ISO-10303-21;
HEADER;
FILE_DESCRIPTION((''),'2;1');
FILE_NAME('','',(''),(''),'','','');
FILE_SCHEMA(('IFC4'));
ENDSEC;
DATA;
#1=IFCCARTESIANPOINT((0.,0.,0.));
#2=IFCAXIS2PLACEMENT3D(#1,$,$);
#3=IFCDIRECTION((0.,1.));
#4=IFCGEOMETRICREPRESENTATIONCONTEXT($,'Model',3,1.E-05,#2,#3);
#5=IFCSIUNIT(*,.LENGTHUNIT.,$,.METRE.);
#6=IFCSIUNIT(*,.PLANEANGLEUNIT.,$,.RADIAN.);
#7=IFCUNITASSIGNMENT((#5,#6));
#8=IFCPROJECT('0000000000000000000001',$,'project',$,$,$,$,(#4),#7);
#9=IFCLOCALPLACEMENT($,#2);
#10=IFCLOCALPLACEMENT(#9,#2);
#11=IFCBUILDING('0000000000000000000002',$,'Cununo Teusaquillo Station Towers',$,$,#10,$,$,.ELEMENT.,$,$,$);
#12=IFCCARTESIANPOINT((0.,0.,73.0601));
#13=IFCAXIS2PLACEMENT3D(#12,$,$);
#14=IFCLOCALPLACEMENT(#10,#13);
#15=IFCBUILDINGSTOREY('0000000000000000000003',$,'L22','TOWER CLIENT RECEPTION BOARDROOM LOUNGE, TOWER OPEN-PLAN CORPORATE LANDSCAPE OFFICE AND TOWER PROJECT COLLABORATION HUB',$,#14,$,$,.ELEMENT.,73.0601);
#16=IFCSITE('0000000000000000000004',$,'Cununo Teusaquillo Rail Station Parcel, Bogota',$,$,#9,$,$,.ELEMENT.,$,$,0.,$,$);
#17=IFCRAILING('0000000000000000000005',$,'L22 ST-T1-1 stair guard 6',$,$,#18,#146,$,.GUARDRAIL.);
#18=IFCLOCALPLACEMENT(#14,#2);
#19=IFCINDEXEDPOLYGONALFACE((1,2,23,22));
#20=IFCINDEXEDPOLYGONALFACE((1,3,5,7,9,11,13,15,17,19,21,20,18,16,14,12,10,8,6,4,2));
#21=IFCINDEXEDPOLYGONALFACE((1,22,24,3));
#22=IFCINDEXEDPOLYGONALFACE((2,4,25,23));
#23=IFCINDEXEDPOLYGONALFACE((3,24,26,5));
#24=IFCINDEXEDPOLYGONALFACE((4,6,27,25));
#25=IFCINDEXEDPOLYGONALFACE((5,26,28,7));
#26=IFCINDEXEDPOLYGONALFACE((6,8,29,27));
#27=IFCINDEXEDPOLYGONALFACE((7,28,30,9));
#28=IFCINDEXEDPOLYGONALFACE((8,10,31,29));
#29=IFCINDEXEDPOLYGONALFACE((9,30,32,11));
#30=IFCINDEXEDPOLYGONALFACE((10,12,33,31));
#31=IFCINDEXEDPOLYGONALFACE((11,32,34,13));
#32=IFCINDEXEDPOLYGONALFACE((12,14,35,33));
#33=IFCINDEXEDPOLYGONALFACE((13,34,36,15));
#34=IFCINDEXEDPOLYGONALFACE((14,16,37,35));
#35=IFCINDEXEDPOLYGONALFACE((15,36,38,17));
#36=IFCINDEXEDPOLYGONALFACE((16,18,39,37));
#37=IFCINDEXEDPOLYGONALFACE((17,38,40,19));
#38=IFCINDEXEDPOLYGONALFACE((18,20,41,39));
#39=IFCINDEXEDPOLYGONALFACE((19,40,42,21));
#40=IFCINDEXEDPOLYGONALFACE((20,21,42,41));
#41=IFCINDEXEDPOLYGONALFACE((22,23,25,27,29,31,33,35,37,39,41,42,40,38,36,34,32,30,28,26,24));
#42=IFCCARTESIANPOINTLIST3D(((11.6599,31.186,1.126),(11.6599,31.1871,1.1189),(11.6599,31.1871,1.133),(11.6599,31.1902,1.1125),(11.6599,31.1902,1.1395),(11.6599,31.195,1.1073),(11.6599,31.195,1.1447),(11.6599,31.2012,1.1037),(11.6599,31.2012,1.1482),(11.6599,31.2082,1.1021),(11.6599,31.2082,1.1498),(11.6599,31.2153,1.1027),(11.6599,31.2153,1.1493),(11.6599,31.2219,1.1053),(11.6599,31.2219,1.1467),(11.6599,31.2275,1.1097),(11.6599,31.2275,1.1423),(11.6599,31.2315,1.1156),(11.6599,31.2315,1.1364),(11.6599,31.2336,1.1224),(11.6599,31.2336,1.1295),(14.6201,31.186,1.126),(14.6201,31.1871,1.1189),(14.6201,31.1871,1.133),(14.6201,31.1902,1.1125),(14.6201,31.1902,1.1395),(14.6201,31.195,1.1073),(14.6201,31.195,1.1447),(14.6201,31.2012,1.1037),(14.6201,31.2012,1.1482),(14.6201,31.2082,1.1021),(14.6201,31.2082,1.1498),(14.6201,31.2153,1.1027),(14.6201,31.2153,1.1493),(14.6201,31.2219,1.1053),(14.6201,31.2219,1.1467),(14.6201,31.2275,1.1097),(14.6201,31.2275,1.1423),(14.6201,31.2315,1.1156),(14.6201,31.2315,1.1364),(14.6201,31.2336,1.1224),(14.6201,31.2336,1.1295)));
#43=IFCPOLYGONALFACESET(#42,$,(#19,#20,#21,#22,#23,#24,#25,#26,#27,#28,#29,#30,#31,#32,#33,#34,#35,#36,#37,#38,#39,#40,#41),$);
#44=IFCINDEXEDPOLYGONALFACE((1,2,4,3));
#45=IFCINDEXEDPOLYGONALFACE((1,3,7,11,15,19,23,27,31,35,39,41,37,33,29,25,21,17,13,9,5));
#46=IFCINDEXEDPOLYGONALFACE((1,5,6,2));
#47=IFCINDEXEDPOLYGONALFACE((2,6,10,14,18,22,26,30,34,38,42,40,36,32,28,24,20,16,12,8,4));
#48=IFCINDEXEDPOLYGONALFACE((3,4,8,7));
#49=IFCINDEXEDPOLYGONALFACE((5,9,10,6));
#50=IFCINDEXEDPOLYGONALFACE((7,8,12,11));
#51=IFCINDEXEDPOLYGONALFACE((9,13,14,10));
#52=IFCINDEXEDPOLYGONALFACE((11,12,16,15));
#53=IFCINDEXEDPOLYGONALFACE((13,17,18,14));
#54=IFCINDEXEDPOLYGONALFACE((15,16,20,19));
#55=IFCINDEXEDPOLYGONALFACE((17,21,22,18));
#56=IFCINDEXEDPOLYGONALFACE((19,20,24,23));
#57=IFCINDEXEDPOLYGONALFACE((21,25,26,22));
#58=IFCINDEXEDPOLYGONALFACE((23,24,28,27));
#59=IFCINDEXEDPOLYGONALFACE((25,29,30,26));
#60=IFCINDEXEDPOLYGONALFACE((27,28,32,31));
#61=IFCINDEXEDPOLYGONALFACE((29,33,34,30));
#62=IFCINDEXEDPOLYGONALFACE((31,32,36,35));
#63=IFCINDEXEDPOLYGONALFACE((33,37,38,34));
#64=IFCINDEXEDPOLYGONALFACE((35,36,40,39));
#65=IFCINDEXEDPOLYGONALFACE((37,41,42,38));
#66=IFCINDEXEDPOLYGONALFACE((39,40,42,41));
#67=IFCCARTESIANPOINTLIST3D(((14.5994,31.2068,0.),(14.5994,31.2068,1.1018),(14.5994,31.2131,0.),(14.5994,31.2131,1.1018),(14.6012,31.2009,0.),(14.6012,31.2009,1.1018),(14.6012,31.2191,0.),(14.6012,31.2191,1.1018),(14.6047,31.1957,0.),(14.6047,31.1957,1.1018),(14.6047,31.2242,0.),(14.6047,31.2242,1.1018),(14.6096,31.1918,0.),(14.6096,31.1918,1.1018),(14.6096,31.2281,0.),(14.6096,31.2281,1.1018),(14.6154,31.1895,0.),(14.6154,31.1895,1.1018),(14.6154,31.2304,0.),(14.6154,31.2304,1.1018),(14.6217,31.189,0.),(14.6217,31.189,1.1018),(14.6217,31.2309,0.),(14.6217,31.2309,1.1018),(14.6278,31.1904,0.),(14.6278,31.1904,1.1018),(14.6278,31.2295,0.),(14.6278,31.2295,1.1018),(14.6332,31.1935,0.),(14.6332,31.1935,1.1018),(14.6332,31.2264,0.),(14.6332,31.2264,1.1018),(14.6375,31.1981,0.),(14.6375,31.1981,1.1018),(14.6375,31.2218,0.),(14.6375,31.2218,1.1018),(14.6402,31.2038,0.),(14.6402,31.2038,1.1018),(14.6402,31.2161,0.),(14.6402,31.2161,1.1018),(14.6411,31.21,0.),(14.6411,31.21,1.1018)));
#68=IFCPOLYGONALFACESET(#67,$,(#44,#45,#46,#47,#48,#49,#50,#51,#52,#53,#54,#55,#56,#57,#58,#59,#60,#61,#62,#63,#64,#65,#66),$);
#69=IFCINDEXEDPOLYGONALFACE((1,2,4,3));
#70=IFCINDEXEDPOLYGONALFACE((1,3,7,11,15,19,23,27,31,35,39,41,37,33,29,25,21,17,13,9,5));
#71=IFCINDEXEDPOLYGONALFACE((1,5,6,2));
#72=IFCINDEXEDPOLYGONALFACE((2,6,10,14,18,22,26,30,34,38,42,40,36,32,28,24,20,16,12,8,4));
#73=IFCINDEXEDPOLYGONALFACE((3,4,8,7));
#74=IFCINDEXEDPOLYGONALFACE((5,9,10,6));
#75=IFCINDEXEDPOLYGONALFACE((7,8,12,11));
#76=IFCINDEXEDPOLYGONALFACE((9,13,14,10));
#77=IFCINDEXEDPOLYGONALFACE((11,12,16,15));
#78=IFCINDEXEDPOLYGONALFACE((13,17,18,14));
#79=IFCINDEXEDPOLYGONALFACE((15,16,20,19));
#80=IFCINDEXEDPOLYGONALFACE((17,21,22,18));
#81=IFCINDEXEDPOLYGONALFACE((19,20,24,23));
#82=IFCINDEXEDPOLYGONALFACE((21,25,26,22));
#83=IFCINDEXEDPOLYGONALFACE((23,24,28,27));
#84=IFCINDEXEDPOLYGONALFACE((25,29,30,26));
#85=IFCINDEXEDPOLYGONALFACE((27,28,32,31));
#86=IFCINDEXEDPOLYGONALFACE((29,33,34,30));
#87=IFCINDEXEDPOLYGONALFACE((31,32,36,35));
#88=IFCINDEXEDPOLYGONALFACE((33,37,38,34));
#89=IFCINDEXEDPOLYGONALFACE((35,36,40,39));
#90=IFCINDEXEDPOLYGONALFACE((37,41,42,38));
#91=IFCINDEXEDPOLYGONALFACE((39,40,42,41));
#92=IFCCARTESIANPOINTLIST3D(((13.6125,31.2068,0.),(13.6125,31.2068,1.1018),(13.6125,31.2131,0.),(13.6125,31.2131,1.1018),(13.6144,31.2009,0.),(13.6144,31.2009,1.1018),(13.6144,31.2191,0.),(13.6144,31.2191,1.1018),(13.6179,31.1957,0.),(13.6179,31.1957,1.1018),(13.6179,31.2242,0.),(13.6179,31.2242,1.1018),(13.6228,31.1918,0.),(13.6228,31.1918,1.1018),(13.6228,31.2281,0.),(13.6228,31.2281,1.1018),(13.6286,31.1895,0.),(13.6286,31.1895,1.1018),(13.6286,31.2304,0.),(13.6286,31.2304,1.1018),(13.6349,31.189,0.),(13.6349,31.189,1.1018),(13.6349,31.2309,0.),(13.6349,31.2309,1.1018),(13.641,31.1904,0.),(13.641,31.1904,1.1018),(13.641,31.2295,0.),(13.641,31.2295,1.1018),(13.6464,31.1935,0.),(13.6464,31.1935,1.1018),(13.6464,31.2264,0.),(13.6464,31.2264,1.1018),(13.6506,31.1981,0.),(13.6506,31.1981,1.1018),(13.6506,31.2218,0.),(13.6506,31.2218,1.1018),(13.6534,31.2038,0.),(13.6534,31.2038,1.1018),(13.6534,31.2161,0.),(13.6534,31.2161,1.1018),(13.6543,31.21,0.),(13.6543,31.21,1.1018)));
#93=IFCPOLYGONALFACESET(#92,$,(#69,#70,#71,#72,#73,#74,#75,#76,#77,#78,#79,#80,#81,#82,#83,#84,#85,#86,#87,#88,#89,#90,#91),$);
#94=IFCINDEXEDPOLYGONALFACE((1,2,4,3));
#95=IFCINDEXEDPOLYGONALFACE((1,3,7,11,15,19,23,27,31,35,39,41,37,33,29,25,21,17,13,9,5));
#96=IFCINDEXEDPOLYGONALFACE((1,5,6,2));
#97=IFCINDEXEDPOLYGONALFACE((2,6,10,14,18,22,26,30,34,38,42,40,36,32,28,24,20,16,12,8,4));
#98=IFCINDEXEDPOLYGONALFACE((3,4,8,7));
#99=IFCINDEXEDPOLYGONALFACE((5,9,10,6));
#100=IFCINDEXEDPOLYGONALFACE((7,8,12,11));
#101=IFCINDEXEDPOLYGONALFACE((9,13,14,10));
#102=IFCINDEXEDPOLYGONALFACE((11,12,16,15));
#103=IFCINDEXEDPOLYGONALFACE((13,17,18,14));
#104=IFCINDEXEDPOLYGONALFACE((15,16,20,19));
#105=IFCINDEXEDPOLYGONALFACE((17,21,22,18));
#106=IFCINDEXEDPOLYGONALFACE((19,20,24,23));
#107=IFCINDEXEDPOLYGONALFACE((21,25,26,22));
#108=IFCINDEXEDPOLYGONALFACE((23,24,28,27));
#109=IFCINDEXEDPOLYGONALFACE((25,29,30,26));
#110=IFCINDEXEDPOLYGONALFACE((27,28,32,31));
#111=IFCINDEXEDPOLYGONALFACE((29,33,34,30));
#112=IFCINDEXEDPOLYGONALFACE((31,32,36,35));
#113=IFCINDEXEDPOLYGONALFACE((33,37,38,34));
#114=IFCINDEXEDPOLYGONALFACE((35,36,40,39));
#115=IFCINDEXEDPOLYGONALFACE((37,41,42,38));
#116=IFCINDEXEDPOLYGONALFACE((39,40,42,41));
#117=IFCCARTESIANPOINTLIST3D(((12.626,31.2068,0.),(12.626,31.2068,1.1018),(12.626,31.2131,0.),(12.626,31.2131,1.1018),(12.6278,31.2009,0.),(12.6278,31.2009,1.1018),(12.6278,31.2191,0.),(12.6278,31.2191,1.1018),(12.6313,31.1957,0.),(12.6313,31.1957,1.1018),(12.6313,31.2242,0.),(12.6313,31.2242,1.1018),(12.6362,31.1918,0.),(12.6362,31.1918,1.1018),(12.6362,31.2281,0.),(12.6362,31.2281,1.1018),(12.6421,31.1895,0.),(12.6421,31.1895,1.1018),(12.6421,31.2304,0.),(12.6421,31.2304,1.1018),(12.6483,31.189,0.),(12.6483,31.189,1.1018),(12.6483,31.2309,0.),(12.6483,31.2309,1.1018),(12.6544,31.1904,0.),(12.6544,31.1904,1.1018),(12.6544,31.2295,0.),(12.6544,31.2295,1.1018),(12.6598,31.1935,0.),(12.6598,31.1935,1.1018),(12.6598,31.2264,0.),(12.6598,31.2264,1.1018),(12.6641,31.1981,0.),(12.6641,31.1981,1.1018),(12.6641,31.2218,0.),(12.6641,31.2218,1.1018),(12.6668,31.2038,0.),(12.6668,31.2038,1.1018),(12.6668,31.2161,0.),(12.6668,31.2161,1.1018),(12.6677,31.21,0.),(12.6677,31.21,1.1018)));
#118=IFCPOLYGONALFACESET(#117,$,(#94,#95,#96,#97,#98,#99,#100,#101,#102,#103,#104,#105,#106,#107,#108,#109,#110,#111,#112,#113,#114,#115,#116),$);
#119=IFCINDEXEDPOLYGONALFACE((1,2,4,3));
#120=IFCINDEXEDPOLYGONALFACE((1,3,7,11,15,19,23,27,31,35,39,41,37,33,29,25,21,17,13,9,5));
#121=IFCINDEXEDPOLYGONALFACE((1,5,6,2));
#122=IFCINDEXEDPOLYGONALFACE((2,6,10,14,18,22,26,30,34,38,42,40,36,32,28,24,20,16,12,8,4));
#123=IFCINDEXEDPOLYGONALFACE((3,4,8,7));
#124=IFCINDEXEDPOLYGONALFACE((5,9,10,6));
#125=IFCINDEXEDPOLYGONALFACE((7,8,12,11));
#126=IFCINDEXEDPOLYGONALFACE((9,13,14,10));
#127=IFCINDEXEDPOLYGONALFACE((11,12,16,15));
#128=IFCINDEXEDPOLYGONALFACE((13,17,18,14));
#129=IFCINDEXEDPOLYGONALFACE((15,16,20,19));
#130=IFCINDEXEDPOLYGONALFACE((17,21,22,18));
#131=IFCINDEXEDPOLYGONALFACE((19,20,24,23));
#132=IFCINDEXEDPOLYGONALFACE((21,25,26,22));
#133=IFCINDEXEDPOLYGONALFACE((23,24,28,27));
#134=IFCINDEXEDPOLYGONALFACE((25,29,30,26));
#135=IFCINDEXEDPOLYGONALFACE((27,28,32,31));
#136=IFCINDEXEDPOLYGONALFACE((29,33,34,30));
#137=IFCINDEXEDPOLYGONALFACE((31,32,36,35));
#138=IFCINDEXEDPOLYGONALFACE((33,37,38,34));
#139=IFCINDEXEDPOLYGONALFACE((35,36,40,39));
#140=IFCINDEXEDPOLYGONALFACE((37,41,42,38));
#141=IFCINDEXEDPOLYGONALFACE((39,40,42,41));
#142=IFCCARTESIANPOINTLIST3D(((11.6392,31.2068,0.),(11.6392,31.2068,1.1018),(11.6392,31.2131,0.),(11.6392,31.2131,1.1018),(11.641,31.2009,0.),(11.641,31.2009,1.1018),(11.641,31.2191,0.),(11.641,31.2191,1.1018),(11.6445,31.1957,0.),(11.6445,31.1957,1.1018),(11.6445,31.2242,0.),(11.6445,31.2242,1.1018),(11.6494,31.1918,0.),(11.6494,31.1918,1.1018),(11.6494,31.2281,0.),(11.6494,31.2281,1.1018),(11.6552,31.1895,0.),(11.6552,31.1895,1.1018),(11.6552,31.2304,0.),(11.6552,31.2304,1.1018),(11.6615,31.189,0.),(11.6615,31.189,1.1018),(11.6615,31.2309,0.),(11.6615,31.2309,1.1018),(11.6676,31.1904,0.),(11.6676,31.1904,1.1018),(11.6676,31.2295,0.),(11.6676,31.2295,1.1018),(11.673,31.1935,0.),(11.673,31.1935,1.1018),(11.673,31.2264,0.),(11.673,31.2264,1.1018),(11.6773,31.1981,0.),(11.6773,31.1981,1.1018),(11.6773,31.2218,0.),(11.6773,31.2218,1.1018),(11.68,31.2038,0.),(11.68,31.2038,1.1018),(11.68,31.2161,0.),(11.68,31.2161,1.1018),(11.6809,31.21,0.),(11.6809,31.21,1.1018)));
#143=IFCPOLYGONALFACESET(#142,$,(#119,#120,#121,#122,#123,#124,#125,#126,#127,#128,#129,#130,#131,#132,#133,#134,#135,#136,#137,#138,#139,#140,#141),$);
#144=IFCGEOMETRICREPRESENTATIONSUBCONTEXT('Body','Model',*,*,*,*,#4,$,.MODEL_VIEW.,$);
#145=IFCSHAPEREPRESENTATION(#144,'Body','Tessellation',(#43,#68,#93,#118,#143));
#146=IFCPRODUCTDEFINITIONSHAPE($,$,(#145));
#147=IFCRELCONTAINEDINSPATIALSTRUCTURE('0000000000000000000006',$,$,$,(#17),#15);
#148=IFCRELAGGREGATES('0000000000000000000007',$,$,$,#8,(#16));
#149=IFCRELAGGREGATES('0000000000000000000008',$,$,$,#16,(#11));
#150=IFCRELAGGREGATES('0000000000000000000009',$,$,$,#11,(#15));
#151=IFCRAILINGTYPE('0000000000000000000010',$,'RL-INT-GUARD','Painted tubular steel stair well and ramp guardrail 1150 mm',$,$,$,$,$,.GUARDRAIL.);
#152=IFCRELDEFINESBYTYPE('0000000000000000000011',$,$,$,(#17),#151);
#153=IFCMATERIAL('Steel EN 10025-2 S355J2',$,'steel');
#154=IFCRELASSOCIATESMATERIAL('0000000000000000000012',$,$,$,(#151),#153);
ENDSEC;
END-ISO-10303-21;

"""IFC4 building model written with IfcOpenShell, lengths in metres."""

from ifc_helpers import new_model, si_unit, direction, frame, origin, origin_2d, place, context, subcontext, project, spatial, circle, extrude, material, type_object, element, save


model = new_model("IFC4")

# Units and contexts
model_context = context("Model", 3, precision=1e-05, world=origin(), true_north=direction((0.0, 1.0)))
body_context = subcontext(model_context, "Body", "Model", "MODEL_VIEW")
ifc_project = project(units=[si_unit("LENGTHUNIT", "METRE"), si_unit("PLANEANGLEUNIT", "RADIAN")], contexts=[model_context])

# Site, building, storey
site_placement = place(None, origin())
site = spatial("IfcSite", under=ifc_project, at=site_placement, Name="Cununo Teusaquillo Rail Station Parcel, Bogota", CompositionType="ELEMENT", RefElevation=0.0)
building_placement = place(site_placement, origin())
building = spatial("IfcBuilding", under=site, at=building_placement, Name="Cununo Teusaquillo Station Towers", CompositionType="ELEMENT")
storey_placement = place(building_placement, frame((0.0, 0.0, 73.0601)))
storey = spatial("IfcBuildingStorey", under=building, at=storey_placement, Name="L22", Description="TOWER CLIENT RECEPTION BOARDROOM LOUNGE, TOWER OPEN-PLAN CORPORATE LANDSCAPE OFFICE AND TOWER PROJECT COLLABORATION HUB", CompositionType="ELEMENT", Elevation=73.0601)

# Railing
ifc_material_1 = material(Name="Steel EN 10025-2 S355J2", Category="steel")
railing_type_1 = type_object("IfcRailingType", Name="RL-INT-GUARD", Description="Painted tubular steel stair well and ramp guardrail 1150 mm", PredefinedType="GUARDRAIL", material=ifc_material_1)
railing_1_placement = place(storey_placement, frame((14.6201, 31.21, 0.0)))
element("IfcRailing", 1, at=railing_1_placement, inside=storey, type_object=railing_type_1, Name="L22 ST-T1-1 stair guard 6", PredefinedType="GUARDRAIL", context=body_context, shape_type="SweptSolid", body=[
    extrude(circle(Radius=0.0239, at=origin_2d()), frame((0.0, 0.0, 1.126), z_axis=(-1.0, 0.0, 0.0), x_axis=(0.0, -1.0, 0.0)), (0.0, 0.0, 1.0), 2.9602),
    extrude(circle(Radius=0.021, at=origin_2d()), origin(), (0.0, 0.0, 1.0), 1.1018),
    extrude(circle(Radius=0.021, at=origin_2d()), frame((-0.9868, 0.0, 0.0)), (0.0, 0.0, 1.0), 1.1018),
    extrude(circle(Radius=0.021, at=origin_2d()), frame((-1.9734, 0.0, 0.0)), (0.0, 0.0, 1.0), 1.1018),
    extrude(circle(Radius=0.021, at=origin_2d()), frame((-2.9602, 0.0, 0.0)), (0.0, 0.0, 1.0), 1.1018),
])

save(model, "model.ifc")
